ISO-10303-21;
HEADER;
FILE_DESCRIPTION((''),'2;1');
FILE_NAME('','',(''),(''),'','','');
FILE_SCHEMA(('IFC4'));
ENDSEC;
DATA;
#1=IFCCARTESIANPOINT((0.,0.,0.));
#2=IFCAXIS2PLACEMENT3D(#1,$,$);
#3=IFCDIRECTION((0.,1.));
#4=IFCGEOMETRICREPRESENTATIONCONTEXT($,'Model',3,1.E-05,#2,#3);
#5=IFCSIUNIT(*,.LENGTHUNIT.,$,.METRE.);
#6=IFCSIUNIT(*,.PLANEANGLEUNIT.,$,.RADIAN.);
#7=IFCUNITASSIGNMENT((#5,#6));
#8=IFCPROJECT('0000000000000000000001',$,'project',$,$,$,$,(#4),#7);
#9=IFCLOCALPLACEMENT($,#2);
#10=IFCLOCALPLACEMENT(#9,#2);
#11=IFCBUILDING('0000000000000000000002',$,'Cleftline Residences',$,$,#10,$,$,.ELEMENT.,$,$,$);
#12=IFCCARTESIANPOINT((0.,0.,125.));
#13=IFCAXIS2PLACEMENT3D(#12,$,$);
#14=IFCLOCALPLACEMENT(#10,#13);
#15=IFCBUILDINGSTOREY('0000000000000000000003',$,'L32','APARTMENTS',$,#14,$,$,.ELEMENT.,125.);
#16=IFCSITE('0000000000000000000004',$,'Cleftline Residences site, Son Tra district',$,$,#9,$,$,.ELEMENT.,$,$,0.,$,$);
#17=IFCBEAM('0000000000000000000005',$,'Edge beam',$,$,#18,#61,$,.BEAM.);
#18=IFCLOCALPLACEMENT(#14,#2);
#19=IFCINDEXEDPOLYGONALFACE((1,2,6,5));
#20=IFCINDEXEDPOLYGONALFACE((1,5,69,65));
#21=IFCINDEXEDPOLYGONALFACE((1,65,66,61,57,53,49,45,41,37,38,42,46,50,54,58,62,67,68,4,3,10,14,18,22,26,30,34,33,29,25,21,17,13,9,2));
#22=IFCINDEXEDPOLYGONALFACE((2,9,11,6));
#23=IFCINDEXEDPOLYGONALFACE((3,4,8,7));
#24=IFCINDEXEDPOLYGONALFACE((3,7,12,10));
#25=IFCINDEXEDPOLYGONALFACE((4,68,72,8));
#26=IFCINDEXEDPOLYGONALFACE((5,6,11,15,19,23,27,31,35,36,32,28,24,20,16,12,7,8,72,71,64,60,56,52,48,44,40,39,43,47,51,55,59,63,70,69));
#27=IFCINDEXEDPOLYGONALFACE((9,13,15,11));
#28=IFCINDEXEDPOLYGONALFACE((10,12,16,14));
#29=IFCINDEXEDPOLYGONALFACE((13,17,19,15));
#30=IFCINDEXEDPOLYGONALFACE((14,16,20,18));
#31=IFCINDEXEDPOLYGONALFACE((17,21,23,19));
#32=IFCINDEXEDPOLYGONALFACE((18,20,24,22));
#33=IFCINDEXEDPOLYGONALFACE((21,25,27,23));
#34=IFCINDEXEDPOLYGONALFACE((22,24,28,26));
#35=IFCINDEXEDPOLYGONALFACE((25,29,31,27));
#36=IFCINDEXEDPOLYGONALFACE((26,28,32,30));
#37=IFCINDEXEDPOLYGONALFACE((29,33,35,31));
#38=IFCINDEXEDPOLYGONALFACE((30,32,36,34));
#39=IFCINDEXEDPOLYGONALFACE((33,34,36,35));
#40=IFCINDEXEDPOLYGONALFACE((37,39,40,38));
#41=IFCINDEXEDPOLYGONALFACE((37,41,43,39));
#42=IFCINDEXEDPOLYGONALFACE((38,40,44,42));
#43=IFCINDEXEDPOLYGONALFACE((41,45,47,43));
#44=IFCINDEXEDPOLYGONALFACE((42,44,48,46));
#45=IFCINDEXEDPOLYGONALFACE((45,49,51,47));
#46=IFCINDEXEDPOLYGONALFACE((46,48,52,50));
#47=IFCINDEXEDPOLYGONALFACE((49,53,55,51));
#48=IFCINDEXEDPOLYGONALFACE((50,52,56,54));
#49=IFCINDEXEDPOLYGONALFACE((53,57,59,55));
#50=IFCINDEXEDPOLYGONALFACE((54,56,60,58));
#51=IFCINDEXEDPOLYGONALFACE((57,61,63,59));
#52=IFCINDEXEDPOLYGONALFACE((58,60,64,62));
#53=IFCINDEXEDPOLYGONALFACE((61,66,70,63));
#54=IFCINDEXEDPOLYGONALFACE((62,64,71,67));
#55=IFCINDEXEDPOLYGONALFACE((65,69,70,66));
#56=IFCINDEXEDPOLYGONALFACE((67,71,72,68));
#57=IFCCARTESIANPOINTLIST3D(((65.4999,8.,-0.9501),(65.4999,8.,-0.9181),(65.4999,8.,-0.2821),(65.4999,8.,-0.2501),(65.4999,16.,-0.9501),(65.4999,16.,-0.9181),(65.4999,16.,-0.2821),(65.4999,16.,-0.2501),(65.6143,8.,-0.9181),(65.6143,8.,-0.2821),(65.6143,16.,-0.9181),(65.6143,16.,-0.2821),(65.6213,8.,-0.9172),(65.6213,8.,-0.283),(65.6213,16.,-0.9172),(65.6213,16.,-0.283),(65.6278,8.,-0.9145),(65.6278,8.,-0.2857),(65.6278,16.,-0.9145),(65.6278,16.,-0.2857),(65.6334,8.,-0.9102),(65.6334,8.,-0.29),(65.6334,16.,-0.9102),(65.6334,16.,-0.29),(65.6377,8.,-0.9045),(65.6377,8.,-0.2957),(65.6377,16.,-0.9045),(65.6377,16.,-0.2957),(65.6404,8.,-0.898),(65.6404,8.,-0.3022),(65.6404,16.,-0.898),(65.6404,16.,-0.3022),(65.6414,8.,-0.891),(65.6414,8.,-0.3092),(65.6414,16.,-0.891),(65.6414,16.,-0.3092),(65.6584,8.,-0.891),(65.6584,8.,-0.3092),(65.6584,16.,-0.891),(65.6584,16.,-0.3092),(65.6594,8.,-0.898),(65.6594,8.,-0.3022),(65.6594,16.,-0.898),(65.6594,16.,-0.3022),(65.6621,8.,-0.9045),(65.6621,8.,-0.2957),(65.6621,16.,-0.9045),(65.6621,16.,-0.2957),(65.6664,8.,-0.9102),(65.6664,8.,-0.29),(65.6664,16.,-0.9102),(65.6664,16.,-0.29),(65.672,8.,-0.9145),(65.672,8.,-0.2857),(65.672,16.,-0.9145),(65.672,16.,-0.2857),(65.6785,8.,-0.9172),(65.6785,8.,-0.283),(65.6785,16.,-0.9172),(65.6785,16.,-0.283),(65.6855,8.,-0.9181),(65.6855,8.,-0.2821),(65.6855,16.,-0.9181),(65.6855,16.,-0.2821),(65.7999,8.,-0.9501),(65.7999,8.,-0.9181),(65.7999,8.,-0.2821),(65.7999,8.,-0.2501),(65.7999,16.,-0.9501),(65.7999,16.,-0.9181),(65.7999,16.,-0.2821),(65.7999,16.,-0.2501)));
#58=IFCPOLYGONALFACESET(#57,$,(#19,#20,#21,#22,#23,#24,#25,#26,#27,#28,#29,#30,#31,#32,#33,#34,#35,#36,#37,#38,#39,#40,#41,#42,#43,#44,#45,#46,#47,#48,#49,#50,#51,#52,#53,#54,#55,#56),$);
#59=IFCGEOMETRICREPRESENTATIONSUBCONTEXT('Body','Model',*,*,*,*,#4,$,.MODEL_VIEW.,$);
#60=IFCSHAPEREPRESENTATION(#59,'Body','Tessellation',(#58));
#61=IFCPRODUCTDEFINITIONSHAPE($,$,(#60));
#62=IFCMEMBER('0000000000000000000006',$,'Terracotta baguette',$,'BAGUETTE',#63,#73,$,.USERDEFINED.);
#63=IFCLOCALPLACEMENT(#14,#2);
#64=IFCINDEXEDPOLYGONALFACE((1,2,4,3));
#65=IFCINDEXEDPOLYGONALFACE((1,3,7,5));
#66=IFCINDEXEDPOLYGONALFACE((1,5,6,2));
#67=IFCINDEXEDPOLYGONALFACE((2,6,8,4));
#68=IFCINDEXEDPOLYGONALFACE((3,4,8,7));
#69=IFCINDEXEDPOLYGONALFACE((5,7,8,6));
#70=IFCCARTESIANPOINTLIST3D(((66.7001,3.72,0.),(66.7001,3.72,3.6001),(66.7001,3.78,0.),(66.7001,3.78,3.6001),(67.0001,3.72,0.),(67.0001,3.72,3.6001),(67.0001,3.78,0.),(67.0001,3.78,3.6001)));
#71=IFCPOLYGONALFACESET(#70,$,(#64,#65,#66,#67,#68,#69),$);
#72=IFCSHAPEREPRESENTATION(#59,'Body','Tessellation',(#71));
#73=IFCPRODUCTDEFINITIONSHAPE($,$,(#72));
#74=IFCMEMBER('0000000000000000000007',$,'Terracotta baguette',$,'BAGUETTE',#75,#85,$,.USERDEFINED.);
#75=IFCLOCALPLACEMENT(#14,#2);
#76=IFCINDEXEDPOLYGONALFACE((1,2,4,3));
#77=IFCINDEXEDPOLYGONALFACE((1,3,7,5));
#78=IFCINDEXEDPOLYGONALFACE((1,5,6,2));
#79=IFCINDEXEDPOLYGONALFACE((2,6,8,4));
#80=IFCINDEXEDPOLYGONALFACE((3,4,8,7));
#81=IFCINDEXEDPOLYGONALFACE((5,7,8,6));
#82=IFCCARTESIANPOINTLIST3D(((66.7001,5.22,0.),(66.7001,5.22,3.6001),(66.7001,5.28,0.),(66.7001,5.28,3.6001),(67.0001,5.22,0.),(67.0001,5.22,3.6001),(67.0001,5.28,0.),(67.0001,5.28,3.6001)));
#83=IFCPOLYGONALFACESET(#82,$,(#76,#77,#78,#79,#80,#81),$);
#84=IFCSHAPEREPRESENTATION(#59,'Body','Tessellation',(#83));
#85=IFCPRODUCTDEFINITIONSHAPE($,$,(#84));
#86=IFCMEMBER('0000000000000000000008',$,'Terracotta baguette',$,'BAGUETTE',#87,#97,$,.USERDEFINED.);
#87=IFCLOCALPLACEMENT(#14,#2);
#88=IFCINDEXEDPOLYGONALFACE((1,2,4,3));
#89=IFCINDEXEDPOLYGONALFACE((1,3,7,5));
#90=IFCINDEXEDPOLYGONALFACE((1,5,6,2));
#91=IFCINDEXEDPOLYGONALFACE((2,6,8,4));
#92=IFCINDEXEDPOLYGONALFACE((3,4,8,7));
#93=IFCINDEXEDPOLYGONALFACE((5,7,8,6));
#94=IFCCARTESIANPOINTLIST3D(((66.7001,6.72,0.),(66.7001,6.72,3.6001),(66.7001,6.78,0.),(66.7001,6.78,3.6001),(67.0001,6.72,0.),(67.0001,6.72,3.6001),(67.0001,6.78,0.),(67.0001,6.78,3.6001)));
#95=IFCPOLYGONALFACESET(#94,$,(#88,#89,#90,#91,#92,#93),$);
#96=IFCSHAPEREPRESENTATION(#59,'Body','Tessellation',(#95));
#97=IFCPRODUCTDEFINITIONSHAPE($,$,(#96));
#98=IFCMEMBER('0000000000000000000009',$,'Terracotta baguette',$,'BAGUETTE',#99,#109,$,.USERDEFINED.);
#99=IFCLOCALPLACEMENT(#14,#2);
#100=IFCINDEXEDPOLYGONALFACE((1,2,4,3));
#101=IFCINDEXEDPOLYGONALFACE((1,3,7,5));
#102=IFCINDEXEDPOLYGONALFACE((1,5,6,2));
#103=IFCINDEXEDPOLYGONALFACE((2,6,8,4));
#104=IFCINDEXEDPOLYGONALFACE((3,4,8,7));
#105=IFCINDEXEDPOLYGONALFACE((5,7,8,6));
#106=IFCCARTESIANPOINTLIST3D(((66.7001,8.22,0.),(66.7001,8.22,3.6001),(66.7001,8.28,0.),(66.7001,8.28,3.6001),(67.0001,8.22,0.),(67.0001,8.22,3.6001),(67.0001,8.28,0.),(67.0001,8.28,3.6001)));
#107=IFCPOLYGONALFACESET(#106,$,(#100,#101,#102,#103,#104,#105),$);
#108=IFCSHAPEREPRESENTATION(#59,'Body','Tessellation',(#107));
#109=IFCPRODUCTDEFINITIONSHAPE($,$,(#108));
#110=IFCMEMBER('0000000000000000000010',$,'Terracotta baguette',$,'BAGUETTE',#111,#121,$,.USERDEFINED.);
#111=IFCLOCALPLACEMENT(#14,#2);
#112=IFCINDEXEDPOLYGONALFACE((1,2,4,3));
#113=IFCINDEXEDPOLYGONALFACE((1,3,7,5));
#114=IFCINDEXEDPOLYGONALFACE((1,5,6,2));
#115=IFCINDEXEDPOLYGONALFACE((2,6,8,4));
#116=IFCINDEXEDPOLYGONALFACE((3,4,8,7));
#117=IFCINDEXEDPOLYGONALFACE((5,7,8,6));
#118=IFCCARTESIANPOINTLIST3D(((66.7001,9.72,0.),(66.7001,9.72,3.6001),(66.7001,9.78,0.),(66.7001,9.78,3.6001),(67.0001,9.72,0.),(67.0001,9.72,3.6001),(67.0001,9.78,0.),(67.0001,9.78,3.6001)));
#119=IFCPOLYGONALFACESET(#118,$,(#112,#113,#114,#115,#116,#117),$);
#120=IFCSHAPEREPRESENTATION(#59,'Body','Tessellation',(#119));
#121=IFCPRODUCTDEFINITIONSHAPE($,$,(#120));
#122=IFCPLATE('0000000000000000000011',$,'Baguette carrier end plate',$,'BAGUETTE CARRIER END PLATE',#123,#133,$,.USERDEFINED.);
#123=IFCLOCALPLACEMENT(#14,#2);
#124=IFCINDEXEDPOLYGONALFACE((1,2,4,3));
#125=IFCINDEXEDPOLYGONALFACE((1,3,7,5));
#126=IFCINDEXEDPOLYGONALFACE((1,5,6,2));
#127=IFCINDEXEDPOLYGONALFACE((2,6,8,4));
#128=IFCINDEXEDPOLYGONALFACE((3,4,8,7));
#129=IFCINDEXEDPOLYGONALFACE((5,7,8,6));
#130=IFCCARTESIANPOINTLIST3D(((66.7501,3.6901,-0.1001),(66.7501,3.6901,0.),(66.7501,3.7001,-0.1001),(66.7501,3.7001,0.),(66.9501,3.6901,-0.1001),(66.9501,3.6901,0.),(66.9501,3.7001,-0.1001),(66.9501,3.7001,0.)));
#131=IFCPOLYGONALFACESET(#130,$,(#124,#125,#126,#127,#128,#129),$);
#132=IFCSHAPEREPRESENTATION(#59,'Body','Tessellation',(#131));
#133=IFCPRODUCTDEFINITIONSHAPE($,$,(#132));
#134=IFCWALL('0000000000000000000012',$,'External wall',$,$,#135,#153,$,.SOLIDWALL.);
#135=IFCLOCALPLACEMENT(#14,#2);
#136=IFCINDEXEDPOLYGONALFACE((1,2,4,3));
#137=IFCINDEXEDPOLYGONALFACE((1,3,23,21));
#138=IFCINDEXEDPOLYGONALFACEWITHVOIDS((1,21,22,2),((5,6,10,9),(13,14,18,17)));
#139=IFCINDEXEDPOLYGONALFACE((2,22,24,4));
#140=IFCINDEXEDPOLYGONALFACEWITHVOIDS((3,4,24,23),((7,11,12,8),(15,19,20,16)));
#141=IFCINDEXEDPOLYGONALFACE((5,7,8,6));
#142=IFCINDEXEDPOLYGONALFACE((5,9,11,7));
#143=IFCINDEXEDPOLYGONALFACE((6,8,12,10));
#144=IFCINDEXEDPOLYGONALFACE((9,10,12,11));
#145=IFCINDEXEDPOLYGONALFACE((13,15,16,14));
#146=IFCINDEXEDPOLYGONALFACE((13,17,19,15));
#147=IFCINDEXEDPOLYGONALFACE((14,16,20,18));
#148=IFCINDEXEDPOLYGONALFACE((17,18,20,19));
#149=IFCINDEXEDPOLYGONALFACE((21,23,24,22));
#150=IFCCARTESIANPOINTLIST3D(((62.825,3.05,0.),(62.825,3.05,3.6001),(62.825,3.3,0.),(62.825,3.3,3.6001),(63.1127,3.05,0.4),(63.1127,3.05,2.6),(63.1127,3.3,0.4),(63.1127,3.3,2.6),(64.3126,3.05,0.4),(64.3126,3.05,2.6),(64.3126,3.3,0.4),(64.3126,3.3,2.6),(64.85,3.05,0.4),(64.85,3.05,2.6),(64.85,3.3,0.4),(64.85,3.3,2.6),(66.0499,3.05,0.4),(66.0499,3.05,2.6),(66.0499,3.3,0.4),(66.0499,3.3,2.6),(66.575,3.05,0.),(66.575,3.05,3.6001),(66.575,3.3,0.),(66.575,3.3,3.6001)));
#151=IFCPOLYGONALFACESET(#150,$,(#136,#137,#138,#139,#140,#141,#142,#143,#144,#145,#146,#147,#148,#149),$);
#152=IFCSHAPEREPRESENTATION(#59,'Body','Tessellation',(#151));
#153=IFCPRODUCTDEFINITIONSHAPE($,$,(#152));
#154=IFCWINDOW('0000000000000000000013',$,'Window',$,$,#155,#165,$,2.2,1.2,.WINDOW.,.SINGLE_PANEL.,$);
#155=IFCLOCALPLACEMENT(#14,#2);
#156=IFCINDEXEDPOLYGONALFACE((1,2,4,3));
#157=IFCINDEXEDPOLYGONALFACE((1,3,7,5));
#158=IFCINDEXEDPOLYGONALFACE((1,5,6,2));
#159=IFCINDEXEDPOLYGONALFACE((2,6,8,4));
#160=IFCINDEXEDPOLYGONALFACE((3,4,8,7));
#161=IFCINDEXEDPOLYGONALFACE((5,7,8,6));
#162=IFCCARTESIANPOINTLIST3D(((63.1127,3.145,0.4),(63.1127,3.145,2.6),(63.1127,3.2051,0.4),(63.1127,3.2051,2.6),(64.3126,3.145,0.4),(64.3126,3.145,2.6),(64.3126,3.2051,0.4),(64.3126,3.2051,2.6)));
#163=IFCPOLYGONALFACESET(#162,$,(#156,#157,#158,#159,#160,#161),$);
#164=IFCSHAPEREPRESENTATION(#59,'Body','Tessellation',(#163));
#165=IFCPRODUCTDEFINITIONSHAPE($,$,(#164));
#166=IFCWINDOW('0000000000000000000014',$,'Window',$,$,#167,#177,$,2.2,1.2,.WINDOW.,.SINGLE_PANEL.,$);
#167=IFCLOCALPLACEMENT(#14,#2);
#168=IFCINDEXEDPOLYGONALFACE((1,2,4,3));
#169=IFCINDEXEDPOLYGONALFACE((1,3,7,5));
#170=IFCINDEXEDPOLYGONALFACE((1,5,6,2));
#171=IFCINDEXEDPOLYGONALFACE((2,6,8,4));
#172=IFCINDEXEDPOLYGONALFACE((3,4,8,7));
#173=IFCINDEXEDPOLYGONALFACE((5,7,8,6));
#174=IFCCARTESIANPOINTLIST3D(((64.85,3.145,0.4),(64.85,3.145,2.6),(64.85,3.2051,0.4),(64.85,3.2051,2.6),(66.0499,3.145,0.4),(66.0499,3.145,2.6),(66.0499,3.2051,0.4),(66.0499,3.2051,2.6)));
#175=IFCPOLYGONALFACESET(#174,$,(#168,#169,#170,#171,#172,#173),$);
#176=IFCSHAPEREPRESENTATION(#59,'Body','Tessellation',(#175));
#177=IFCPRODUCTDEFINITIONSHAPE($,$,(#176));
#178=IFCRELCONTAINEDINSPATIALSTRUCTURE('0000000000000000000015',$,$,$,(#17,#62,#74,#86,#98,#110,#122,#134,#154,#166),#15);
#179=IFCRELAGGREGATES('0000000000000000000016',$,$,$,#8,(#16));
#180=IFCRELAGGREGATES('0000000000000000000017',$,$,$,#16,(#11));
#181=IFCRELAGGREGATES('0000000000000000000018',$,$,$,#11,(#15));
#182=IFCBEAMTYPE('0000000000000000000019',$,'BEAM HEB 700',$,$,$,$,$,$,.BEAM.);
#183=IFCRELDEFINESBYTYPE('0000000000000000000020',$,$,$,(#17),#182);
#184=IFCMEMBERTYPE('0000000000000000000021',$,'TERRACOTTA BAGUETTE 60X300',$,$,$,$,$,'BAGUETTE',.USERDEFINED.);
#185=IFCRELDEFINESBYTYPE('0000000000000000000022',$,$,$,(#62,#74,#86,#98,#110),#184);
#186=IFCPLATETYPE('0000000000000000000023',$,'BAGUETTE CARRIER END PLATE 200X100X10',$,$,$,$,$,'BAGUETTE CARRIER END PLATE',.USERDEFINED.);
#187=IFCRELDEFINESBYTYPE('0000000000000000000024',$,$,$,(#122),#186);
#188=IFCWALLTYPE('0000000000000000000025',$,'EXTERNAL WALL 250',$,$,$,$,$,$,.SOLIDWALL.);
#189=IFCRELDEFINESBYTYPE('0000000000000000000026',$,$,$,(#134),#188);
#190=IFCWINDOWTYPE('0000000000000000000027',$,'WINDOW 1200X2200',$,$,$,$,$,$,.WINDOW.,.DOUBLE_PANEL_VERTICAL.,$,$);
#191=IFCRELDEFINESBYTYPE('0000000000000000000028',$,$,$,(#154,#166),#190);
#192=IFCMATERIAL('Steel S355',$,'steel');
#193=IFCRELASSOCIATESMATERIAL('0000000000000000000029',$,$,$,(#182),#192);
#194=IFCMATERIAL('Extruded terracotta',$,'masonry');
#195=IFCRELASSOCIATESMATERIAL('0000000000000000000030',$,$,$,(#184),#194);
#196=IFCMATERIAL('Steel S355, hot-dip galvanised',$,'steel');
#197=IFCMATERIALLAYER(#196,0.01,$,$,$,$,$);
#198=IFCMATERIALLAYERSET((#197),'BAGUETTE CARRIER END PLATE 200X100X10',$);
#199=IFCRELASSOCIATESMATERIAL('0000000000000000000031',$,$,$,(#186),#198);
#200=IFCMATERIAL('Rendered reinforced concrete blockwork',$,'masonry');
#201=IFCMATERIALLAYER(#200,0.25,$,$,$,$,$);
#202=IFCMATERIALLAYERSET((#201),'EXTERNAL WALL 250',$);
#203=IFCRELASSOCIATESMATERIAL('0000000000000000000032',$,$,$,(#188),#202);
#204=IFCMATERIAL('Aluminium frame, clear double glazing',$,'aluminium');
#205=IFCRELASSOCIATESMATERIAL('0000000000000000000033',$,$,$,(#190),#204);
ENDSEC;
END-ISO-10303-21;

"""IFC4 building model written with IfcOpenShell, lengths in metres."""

from ifc_helpers import new_model, si_unit, direction, frame, frame_2d, origin, origin_2d, place, context, subcontext, project, spatial, rectangle, i_section, extrude, material, layer, layer_set, material_profile, profile_set, type_object, element, fill, save


model = new_model("IFC4")

# Units and contexts
model_context = context("Model", 3, precision=1e-05, world=origin(), true_north=direction((0.0, 1.0)))
body_context = subcontext(model_context, "Body", "Model", "MODEL_VIEW")
ifc_project = project(units=[si_unit("LENGTHUNIT", "METRE"), si_unit("PLANEANGLEUNIT", "RADIAN")], contexts=[model_context])

# Site, building, storey
site_placement = place(None, origin())
site = spatial("IfcSite", under=ifc_project, at=site_placement, Name="Cleftline Residences site, Son Tra district", CompositionType="ELEMENT", RefElevation=0.0)
building_placement = place(site_placement, origin())
building = spatial("IfcBuilding", under=site, at=building_placement, Name="Cleftline Residences", CompositionType="ELEMENT")
storey_placement = place(building_placement, frame((0.0, 0.0, 125.0)))
storey = spatial("IfcBuildingStorey", under=building, at=storey_placement, Name="L32", Description="APARTMENTS", CompositionType="ELEMENT", Elevation=125.0)

# Beam
ifc_material_1 = material(Name="Steel S355", Category="steel")
ifc_material_profile_1 = material_profile(ifc_material_1, i_section(OverallWidth=0.3, OverallDepth=0.7, WebThickness=0.0171, FlangeThickness=0.032, FilletRadius=0.0271, at=origin_2d()))
ifc_profile_set_1 = profile_set([ifc_material_profile_1], Name="Steel S355")
beam_type = type_object("IfcBeamType", Name="BEAM HEB 700", PredefinedType="BEAM", material=ifc_profile_set_1)
beam_placement = place(storey_placement, frame((65.6499, 8.0, -0.6001), z_axis=(0.0, 1.0, 0.0), x_axis=(-1.0, 0.0, 0.0)))
element("IfcBeam", 1, at=beam_placement, inside=storey, type_object=beam_type, Name="Edge beam", PredefinedType="BEAM", context=body_context, shape_type="SweptSolid", body=[
    extrude(i_section(OverallWidth=0.3, OverallDepth=0.7, WebThickness=0.0171, FlangeThickness=0.032, FilletRadius=0.0271, at=origin_2d()), origin(), (0.0, 0.0, 1.0), 8.0),
])

# Members
ifc_material_2 = material(Name="Extruded terracotta", Category="masonry")
ifc_material_profile_2 = material_profile(ifc_material_2, rectangle(XDim=0.0601, YDim=0.3, at=origin_2d()))
ifc_profile_set_2 = profile_set([ifc_material_profile_2], Name="Extruded terracotta")
member_type_1 = type_object("IfcMemberType", Name="TERRACOTTA BAGUETTE 60X300", ElementType="BAGUETTE", PredefinedType="USERDEFINED", material=ifc_profile_set_2)
for number, where, z_axis, x_axis, name in (
    (2, (66.8501, 3.75, 0.0), (0.0, 0.0, 1.0), (0.0, 1.0, 0.0), "Terracotta baguette"),
    (3, (66.8501, 5.25, 0.0), (0.0, 0.0, 1.0), (0.0, 1.0, 0.0), "Terracotta baguette"),
    (4, (66.8501, 6.75, 0.0), (0.0, 0.0, 1.0), (0.0, 1.0, 0.0), "Terracotta baguette"),
    (5, (66.8501, 8.25, 0.0), (0.0, 0.0, 1.0), (0.0, 1.0, 0.0), "Terracotta baguette"),
    (6, (66.8501, 9.75, 0.0), (0.0, 0.0, 1.0), (0.0, 1.0, 0.0), "Terracotta baguette"),
):
    element("IfcMember", number, at=place(storey_placement, frame(where, z_axis=z_axis, x_axis=x_axis)), inside=storey, type_object=member_type_1, Name=name, ObjectType="BAGUETTE", PredefinedType="USERDEFINED", context=body_context, shape_type="SweptSolid", body=[
        extrude(rectangle(XDim=0.0601, YDim=0.3, at=origin_2d()), origin(), (0.0, 0.0, 1.0), 3.6001),
    ])

# Plate
ifc_material_3 = material(Name="Steel S355, hot-dip galvanised", Category="steel")
ifc_layer_1 = layer(ifc_material_3, 0.01)
ifc_layer_set_1 = layer_set([ifc_layer_1], Name="BAGUETTE CARRIER END PLATE 200X100X10")
plate_type = type_object("IfcPlateType", Name="BAGUETTE CARRIER END PLATE 200X100X10", ElementType="BAGUETTE CARRIER END PLATE", PredefinedType="USERDEFINED", material=ifc_layer_set_1)
plate_placement = place(storey_placement, frame((66.8501, 3.6951, -0.1001), z_axis=(0.0, 0.0, 1.0), x_axis=(1.0, 0.0, 0.0)))
element("IfcPlate", 7, at=plate_placement, inside=storey, type_object=plate_type, Name="Baguette carrier end plate", ObjectType="BAGUETTE CARRIER END PLATE", PredefinedType="USERDEFINED", context=body_context, shape_type="SweptSolid", body=[
    extrude(rectangle(XDim=0.2, YDim=0.01, at=origin_2d()), origin(), (0.0, 0.0, 1.0), 0.1001),
])

# Wall, openings, windows
ifc_material_4 = material(Name="Rendered reinforced concrete blockwork", Category="masonry")
ifc_layer_2 = layer(ifc_material_4, 0.25)
ifc_layer_set_2 = layer_set([ifc_layer_2], Name="EXTERNAL WALL 250")
wall_type_1 = type_object("IfcWallType", Name="EXTERNAL WALL 250", PredefinedType="SOLIDWALL", material=ifc_layer_set_2)
wall_1_placement = place(storey_placement, frame((62.825, 3.175, 0.0), z_axis=(0.0, 0.0, 1.0), x_axis=(1.0, 0.0, 0.0)))
wall_1 = element("IfcWall", 8, at=wall_1_placement, inside=storey, type_object=wall_type_1, Name="External wall", PredefinedType="SOLIDWALL", context=body_context, shape_type="SweptSolid", body=[
    extrude(rectangle(XDim=3.75, YDim=0.25, at=frame_2d((1.875, 0.0))), origin(), (0.0, 0.0, 1.0), 3.6001),
])
opening_1_placement = place(wall_1_placement, frame((0.2876, 0.0, 0.3999)))
opening_1 = element("IfcOpeningElement", 9, at=opening_1_placement, cuts=wall_1, PredefinedType="OPENING", context=body_context, shape_type="SweptSolid", body=[
    extrude(rectangle(XDim=1.2, YDim=2.2, at=frame_2d((0.6001, 1.1001))), frame((0.0, 0.135, 0.0), z_axis=(0.0, -1.0, 0.0), x_axis=(1.0, 0.0, 0.0)), (0.0, 0.0, 1.0), 0.27),
])
opening_2_placement = place(wall_1_placement, frame((2.0249, 0.0, 0.3999)))
opening_2 = element("IfcOpeningElement", 10, at=opening_2_placement, cuts=wall_1, PredefinedType="OPENING", context=body_context, shape_type="SweptSolid", body=[
    extrude(rectangle(XDim=1.2, YDim=2.2, at=frame_2d((0.6001, 1.1001))), frame((0.0, 0.135, 0.0), z_axis=(0.0, -1.0, 0.0), x_axis=(1.0, 0.0, 0.0)), (0.0, 0.0, 1.0), 0.27),
])
ifc_material_5 = material(Name="Aluminium frame, clear double glazing", Category="aluminium")
window_type_1 = type_object("IfcWindowType", Name="WINDOW 1200X2200", PartitioningType="DOUBLE_PANEL_VERTICAL", PredefinedType="WINDOW", material=ifc_material_5)
window_1_placement = place(opening_1_placement, origin())
window_1 = element("IfcWindow", 11, at=window_1_placement, inside=storey, type_object=window_type_1, Name="Window", OverallHeight=2.2, OverallWidth=1.2, PartitioningType="SINGLE_PANEL", PredefinedType="WINDOW", context=body_context, shape_type="SweptSolid", body=[
    extrude(rectangle(XDim=1.2, YDim=2.2, at=frame_2d((0.6001, 1.1001))), frame((0.0, 0.03, 0.0), z_axis=(0.0, -1.0, 0.0), x_axis=(1.0, 0.0, 0.0)), (0.0, 0.0, 1.0), 0.0601),
])
fill(opening_1, window_1)
window_2_placement = place(opening_2_placement, origin())
window_2 = element("IfcWindow", 12, at=window_2_placement, inside=storey, type_object=window_type_1, Name="Window", OverallHeight=2.2, OverallWidth=1.2, PartitioningType="SINGLE_PANEL", PredefinedType="WINDOW", context=body_context, shape_type="SweptSolid", body=[
    extrude(rectangle(XDim=1.2, YDim=2.2, at=frame_2d((0.6001, 1.1001))), frame((0.0, 0.03, 0.0), z_axis=(0.0, -1.0, 0.0), x_axis=(1.0, 0.0, 0.0)), (0.0, 0.0, 1.0), 0.0601),
])
fill(opening_2, window_2)

save(model, "model.ifc")
